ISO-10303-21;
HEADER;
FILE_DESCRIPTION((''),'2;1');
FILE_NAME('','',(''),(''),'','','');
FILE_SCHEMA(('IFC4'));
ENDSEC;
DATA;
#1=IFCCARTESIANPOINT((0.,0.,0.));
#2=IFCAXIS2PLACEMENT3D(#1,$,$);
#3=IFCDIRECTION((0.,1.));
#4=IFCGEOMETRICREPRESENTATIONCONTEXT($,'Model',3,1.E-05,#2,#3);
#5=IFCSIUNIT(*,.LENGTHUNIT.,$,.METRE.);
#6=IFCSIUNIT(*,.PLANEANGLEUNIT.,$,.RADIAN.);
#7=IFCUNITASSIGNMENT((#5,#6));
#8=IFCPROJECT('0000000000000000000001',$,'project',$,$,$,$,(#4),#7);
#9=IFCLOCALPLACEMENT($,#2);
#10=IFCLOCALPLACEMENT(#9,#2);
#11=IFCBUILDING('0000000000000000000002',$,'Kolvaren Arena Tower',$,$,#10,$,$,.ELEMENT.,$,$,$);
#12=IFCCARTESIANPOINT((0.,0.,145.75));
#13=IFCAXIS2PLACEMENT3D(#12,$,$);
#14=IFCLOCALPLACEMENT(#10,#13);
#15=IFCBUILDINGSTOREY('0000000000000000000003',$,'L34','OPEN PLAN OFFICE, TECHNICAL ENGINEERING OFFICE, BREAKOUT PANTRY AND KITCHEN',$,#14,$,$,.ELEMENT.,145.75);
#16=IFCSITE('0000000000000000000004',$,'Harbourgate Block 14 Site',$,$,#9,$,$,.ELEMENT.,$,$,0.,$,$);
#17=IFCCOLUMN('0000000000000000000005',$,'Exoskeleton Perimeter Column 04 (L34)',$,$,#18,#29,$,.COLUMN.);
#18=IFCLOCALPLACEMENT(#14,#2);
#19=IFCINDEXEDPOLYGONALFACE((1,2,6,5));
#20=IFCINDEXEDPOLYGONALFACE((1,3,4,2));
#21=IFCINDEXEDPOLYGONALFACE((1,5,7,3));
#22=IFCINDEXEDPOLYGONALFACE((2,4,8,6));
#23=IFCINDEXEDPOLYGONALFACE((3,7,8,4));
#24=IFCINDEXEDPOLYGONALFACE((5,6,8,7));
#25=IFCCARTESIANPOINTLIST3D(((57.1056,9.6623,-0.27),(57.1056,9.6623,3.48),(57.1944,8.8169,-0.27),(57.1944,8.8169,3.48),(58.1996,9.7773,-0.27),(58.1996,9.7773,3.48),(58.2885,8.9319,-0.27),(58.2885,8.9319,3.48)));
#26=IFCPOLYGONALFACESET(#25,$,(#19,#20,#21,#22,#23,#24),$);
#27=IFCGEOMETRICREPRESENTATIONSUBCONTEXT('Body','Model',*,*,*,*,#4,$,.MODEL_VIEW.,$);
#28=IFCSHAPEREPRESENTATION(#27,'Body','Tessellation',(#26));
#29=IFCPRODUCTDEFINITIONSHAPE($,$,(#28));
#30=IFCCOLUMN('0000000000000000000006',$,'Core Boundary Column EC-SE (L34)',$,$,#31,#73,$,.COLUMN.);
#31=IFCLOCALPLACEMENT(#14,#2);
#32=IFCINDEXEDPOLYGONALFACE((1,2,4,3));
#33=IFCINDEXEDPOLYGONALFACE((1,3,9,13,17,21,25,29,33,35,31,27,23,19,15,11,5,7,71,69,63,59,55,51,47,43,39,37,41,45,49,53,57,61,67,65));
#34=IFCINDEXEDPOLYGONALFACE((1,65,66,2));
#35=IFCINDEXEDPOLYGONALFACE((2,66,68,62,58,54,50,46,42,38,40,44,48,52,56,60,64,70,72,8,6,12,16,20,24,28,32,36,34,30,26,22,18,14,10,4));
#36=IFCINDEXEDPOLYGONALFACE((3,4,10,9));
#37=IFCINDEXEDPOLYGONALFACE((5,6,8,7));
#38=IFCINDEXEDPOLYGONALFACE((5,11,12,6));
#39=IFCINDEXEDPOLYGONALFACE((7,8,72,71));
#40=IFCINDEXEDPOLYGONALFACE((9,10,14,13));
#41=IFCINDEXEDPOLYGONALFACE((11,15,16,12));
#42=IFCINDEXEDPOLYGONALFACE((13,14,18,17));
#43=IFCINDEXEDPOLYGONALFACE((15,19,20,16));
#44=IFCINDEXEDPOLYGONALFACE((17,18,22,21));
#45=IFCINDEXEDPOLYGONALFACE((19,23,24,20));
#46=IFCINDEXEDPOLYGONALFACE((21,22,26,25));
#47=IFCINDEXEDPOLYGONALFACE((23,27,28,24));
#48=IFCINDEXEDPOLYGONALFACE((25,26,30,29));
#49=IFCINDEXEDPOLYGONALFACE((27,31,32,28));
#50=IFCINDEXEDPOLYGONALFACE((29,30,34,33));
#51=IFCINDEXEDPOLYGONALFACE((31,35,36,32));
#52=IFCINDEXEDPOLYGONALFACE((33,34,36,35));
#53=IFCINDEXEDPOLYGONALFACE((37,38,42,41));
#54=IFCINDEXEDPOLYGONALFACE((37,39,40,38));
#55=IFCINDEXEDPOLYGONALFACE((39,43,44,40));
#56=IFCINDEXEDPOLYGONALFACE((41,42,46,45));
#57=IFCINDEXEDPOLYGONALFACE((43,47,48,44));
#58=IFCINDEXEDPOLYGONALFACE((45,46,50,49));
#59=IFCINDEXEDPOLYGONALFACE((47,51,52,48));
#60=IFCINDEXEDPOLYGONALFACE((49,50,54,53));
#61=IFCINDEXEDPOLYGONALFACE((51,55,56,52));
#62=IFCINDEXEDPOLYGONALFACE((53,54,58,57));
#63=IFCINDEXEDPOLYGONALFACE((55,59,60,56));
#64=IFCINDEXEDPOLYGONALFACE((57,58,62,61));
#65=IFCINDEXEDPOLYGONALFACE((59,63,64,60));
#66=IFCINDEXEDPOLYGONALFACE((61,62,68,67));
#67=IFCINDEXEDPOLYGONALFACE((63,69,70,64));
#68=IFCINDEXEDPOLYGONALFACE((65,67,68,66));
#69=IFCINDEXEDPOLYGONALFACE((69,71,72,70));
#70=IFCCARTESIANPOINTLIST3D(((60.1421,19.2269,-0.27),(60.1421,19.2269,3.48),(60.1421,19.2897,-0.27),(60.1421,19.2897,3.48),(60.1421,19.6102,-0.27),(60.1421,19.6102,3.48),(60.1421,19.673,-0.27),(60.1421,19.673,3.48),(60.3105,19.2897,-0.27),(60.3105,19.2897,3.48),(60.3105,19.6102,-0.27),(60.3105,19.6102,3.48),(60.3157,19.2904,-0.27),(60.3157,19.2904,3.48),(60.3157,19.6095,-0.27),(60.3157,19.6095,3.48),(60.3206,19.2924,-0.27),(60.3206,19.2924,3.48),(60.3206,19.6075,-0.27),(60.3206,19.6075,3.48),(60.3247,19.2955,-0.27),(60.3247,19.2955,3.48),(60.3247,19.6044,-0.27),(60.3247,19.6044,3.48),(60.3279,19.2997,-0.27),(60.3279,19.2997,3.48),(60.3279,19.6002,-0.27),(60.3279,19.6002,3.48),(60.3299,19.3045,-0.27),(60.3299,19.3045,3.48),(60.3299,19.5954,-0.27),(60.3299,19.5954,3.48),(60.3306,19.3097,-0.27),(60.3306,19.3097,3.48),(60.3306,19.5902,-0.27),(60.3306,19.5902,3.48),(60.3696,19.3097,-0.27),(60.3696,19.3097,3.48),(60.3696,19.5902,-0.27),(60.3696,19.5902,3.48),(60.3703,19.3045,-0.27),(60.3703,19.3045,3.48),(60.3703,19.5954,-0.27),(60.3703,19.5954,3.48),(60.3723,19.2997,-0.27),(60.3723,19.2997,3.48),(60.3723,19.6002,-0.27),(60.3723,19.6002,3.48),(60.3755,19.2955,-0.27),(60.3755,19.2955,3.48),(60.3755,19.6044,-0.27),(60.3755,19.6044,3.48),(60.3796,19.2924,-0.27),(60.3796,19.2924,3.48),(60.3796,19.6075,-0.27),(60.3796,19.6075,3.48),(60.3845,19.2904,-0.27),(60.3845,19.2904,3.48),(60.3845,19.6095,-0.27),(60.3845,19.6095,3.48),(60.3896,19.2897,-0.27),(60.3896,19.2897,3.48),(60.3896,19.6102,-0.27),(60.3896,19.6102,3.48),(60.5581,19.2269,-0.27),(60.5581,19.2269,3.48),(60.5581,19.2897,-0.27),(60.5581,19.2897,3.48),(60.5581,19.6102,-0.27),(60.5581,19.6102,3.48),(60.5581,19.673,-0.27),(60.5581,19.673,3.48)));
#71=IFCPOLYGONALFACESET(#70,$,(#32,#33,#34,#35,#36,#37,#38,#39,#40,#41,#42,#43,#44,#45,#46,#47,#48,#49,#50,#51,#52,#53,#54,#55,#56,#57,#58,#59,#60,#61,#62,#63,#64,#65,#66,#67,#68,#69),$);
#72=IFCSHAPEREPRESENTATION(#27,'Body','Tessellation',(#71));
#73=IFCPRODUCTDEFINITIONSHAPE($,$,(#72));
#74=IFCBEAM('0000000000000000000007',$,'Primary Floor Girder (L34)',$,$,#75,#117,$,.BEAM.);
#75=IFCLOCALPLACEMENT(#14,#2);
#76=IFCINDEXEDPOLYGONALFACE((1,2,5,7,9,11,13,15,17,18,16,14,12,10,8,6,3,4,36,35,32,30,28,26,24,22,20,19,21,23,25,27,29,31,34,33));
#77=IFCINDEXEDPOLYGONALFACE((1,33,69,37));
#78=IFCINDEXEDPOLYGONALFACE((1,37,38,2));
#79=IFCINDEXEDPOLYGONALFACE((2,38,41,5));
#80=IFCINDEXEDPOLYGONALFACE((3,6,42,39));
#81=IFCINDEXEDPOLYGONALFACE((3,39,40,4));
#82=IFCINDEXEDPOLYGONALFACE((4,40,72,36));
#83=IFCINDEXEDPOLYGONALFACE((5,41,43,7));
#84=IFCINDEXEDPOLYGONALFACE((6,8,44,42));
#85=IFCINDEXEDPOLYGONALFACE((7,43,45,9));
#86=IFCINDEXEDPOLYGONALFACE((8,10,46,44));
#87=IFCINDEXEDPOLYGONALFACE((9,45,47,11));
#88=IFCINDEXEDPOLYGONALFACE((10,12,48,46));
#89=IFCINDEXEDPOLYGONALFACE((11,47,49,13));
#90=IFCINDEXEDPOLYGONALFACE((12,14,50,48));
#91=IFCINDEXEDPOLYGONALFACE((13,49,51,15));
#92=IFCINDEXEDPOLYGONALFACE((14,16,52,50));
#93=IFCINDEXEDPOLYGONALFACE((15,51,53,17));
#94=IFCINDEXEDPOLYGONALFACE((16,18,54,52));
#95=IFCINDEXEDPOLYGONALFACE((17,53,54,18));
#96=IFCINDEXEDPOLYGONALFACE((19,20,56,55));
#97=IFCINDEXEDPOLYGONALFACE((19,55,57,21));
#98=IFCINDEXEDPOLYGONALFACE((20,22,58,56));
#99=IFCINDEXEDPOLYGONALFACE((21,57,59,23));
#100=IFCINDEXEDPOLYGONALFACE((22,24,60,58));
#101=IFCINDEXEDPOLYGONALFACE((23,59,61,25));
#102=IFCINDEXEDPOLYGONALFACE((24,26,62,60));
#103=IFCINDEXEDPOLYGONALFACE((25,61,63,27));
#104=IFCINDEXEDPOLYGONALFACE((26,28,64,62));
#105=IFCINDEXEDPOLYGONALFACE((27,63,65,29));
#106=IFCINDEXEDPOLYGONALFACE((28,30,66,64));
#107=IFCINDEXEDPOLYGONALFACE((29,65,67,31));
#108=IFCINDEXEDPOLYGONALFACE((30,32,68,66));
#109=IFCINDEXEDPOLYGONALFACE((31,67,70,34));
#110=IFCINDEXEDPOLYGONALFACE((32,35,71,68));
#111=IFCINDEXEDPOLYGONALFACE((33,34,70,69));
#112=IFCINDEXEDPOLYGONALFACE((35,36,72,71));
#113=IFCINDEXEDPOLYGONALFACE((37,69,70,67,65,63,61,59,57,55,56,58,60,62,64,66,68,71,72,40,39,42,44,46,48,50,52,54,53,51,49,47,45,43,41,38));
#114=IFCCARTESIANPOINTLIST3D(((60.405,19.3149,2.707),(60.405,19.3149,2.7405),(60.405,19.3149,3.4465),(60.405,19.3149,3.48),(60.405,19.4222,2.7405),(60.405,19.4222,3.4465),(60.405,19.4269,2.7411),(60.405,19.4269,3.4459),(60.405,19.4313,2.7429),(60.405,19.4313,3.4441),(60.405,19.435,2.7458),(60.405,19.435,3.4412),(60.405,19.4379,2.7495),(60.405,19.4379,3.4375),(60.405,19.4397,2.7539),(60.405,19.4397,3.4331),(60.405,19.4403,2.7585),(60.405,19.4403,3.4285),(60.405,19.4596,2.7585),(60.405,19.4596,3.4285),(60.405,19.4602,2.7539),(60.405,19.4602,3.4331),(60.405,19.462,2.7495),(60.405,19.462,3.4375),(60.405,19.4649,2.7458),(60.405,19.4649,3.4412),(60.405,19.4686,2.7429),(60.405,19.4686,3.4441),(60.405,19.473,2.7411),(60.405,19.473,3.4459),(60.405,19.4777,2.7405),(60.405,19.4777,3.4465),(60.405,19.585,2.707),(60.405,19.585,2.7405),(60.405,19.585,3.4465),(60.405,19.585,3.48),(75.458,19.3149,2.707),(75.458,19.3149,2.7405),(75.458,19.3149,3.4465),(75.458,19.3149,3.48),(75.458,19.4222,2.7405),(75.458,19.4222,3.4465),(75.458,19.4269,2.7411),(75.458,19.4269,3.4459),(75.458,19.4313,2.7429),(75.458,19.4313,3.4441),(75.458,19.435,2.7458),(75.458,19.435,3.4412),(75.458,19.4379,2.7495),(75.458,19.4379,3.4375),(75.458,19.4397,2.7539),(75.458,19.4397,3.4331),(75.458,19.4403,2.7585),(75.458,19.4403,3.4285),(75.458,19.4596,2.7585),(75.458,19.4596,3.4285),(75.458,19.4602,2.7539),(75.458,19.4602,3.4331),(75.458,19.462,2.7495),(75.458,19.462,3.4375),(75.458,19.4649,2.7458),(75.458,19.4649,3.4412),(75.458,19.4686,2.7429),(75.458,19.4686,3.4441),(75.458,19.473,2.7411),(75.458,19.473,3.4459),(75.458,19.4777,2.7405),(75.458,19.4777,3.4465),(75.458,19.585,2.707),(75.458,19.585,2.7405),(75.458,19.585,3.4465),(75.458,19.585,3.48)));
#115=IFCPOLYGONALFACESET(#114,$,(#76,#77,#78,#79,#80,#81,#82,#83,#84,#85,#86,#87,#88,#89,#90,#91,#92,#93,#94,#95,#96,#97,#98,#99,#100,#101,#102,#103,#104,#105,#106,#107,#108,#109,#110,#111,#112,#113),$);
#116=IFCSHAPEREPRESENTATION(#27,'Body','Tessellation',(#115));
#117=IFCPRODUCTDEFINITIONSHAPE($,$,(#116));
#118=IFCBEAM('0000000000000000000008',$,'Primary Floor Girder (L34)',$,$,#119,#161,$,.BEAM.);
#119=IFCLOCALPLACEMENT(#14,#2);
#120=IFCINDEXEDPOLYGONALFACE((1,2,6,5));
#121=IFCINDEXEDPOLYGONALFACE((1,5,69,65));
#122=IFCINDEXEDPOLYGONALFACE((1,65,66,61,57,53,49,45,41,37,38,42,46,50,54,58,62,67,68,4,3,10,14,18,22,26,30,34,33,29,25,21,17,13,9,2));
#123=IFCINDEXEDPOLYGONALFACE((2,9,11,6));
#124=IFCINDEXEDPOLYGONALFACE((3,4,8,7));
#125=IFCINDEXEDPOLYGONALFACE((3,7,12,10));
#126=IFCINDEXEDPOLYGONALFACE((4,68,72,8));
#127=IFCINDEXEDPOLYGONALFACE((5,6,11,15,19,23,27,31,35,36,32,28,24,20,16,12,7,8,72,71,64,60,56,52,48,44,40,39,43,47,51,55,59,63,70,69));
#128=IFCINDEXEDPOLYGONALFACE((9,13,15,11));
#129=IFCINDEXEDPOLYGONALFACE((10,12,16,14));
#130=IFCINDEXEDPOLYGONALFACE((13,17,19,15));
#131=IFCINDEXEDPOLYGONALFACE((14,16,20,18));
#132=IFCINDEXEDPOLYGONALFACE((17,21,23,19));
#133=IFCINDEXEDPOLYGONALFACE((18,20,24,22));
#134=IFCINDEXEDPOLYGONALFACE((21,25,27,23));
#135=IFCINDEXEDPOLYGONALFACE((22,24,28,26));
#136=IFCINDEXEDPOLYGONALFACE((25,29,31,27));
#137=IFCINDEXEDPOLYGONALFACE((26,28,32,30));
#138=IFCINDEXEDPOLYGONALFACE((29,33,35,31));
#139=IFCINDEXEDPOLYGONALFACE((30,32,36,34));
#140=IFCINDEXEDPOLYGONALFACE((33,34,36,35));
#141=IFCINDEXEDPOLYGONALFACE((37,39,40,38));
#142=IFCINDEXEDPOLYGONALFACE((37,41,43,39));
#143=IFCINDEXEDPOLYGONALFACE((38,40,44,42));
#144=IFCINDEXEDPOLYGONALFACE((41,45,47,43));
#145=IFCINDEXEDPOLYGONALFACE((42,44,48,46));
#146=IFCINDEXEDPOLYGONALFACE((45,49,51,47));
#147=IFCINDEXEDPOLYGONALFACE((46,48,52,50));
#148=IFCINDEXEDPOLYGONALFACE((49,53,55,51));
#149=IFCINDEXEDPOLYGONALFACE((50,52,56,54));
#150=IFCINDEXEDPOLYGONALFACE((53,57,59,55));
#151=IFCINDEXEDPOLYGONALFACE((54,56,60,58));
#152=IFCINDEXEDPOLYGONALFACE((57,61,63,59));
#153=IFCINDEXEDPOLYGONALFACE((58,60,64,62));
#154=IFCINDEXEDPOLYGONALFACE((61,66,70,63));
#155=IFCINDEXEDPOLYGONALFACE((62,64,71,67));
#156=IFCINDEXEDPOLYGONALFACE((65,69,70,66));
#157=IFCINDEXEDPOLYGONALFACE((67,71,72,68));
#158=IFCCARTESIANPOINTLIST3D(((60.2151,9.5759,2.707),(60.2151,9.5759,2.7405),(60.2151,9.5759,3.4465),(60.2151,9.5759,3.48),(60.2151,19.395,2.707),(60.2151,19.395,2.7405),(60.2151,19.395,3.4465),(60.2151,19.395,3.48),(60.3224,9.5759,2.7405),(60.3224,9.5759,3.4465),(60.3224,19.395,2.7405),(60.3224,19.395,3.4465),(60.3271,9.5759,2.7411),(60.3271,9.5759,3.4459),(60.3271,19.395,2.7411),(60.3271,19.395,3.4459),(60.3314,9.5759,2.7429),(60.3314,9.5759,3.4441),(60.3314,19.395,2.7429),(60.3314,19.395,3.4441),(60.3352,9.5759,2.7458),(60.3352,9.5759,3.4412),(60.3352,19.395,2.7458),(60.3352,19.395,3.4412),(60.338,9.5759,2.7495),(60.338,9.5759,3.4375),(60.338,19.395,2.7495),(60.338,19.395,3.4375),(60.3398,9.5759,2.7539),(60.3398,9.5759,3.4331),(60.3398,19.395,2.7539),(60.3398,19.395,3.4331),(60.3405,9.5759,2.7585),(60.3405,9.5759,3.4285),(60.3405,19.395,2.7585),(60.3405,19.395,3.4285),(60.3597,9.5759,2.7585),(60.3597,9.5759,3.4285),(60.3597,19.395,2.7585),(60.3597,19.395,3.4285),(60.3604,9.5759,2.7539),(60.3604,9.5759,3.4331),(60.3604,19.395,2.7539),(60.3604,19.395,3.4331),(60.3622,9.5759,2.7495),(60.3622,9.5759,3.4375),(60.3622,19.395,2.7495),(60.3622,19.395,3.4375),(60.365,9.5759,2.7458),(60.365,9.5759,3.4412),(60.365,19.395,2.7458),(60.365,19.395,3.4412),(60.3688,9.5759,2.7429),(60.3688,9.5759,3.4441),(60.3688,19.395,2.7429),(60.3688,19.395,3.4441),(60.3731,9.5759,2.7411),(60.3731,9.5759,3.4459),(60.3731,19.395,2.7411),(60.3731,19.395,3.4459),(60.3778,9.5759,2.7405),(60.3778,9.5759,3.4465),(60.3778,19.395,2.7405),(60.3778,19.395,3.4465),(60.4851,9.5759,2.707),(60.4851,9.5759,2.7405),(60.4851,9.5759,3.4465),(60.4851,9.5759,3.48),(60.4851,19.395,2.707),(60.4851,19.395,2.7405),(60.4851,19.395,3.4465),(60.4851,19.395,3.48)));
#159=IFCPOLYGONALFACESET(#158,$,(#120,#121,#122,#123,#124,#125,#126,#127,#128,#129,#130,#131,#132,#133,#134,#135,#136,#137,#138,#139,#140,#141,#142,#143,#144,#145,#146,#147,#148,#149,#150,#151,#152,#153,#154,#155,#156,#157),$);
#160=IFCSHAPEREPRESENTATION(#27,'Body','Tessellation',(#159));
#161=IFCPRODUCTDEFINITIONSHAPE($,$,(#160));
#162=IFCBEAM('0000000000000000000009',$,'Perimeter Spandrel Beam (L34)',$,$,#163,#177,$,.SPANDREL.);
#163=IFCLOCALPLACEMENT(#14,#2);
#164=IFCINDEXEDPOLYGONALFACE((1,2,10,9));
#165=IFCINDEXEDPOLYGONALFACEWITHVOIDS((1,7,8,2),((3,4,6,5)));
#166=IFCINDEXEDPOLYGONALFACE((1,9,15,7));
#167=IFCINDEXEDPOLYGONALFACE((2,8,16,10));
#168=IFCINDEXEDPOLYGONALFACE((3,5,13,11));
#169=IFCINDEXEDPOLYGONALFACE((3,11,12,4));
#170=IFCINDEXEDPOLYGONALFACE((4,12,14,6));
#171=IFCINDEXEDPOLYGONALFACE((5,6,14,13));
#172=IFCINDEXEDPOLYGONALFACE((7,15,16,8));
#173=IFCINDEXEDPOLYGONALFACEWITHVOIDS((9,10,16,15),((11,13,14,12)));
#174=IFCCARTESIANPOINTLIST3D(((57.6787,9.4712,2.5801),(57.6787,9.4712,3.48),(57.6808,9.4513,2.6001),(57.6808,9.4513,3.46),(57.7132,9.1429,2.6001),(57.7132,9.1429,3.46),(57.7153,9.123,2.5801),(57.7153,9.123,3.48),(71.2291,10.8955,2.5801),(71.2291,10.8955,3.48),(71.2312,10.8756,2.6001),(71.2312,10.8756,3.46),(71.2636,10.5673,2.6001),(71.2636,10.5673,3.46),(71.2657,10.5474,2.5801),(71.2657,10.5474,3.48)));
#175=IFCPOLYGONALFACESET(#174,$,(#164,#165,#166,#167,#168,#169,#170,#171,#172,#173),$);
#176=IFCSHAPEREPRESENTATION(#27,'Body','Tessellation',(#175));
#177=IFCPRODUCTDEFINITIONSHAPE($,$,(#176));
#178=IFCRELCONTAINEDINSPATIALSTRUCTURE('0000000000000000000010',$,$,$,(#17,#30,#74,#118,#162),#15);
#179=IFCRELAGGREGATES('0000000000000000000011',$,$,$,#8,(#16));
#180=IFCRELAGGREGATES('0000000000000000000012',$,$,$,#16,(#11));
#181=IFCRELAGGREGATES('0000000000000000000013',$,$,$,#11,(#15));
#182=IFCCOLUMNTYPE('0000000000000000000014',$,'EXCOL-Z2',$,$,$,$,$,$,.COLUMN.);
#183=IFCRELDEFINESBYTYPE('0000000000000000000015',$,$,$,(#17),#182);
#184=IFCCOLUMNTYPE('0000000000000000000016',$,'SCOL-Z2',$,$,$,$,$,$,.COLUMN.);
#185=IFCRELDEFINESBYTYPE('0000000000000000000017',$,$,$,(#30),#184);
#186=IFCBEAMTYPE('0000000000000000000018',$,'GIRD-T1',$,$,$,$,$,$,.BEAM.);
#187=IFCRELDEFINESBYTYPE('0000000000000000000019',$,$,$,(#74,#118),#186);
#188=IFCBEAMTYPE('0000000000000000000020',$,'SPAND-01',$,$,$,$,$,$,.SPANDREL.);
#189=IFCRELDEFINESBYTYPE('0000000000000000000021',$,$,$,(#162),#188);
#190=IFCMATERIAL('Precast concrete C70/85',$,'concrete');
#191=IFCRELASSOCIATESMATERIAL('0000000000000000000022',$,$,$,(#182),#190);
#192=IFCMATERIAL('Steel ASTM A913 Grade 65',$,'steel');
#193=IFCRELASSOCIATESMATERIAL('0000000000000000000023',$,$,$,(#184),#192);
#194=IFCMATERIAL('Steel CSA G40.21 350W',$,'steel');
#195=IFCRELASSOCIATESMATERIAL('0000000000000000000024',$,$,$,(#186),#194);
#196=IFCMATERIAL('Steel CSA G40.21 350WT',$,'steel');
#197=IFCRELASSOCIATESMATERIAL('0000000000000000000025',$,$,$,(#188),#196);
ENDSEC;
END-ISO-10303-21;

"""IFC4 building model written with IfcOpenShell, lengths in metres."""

from ifc_helpers import new_model, si_unit, direction, frame, origin, origin_2d, place, context, subcontext, project, spatial, rectangle, hollow_rectangle, i_section, extrude, material, material_profile, profile_set, type_object, element, save


model = new_model("IFC4")

# Units and contexts
model_context = context("Model", 3, precision=1e-05, world=origin(), true_north=direction((0.0, 1.0)))
body_context = subcontext(model_context, "Body", "Model", "MODEL_VIEW")
ifc_project = project(units=[si_unit("LENGTHUNIT", "METRE"), si_unit("PLANEANGLEUNIT", "RADIAN")], contexts=[model_context])

# Site, building, storey
site_placement = place(None, origin())
site = spatial("IfcSite", under=ifc_project, at=site_placement, Name="Harbourgate Block 14 Site", CompositionType="ELEMENT", RefElevation=0.0)
building_placement = place(site_placement, origin())
building = spatial("IfcBuilding", under=site, at=building_placement, Name="Kolvaren Arena Tower", CompositionType="ELEMENT")
storey_placement = place(building_placement, frame((0.0, 0.0, 145.75)))
storey = spatial("IfcBuildingStorey", under=building, at=storey_placement, Name="L34", Description="OPEN PLAN OFFICE, TECHNICAL ENGINEERING OFFICE, BREAKOUT PANTRY AND KITCHEN", CompositionType="ELEMENT", Elevation=145.75)

# Columns
ifc_material_1 = material(Name="Precast concrete C70/85", Category="concrete")
ifc_material_profile_1 = material_profile(ifc_material_1, rectangle(XDim=1.1001, YDim=0.8501, at=origin_2d()), Name="RC-1100x850")
ifc_profile_set_1 = profile_set([ifc_material_profile_1], Name="Precast concrete C70/85")
column_type_1 = type_object("IfcColumnType", Name="EXCOL-Z2", PredefinedType="COLUMN", material=ifc_profile_set_1)
column_1_placement = place(storey_placement, frame((57.697, 9.2971, -0.27), z_axis=(0.0, 0.0, 1.0), x_axis=(0.994522, 0.104528, 0.0)))
element("IfcColumn", 1, at=column_1_placement, inside=storey, type_object=column_type_1, Name="Exoskeleton Perimeter Column 04 (L34)", PredefinedType="COLUMN", context=body_context, shape_type="SweptSolid", body=[
    extrude(rectangle(XDim=1.1001, YDim=0.8501, at=origin_2d()), origin(), (0.0, 0.0, 1.0), 3.75),
])
ifc_material_2 = material(Name="Steel ASTM A913 Grade 65", Category="steel")
ifc_material_profile_2 = material_profile(ifc_material_2, i_section(OverallWidth=0.416, OverallDepth=0.446, WebThickness=0.0391, FlangeThickness=0.0627, FilletRadius=0.02, at=origin_2d()), Name="W360x509")
ifc_profile_set_2 = profile_set([ifc_material_profile_2], Name="Steel ASTM A913 Grade 65")
column_type_2 = type_object("IfcColumnType", Name="SCOL-Z2", PredefinedType="COLUMN", material=ifc_profile_set_2)
column_2_placement = place(storey_placement, frame((60.3501, 19.45, -0.27), z_axis=(0.0, 0.0, 1.0), x_axis=(1.0, 0.0, 0.0)))
element("IfcColumn", 2, at=column_2_placement, inside=storey, type_object=column_type_2, Name="Core Boundary Column EC-SE (L34)", PredefinedType="COLUMN", context=body_context, shape_type="SweptSolid", body=[
    extrude(i_section(OverallWidth=0.416, OverallDepth=0.446, WebThickness=0.0391, FlangeThickness=0.0627, FilletRadius=0.02, at=origin_2d()), origin(), (0.0, 0.0, 1.0), 3.75),
])

# Beams
ifc_material_3 = material(Name="Steel CSA G40.21 350W", Category="steel")
ifc_material_profile_3 = material_profile(ifc_material_3, i_section(OverallWidth=0.27, OverallDepth=0.7729, WebThickness=0.0193, FlangeThickness=0.0334, FilletRadius=0.0181, at=origin_2d()), Name="W760x257")
ifc_profile_set_3 = profile_set([ifc_material_profile_3], Name="Steel CSA G40.21 350W")
beam_type_1 = type_object("IfcBeamType", Name="GIRD-T1", PredefinedType="BEAM", material=ifc_profile_set_3)
beam_1_placement = place(storey_placement, frame((60.405, 19.45, 3.0935), z_axis=(1.0, 0.0, 0.0), x_axis=(0.0, 1.0, 0.0)))
element("IfcBeam", 3, at=beam_1_placement, inside=storey, type_object=beam_type_1, Name="Primary Floor Girder (L34)", PredefinedType="BEAM", context=body_context, shape_type="SweptSolid", body=[
    extrude(i_section(OverallWidth=0.27, OverallDepth=0.7729, WebThickness=0.0193, FlangeThickness=0.0334, FilletRadius=0.0181, at=origin_2d()), origin(), (0.0, 0.0, 1.0), 15.053),
])
beam_2_placement = place(storey_placement, frame((60.3501, 9.5759, 3.0935), z_axis=(0.0, 1.0, 0.0), x_axis=(-1.0, 0.0, 0.0)))
element("IfcBeam", 4, at=beam_2_placement, inside=storey, type_object=beam_type_1, Name="Primary Floor Girder (L34)", PredefinedType="BEAM", context=body_context, shape_type="SweptSolid", body=[
    extrude(i_section(OverallWidth=0.27, OverallDepth=0.7729, WebThickness=0.0193, FlangeThickness=0.0334, FilletRadius=0.0181, at=origin_2d()), origin(), (0.0, 0.0, 1.0), 9.8191),
])
ifc_material_4 = material(Name="Steel CSA G40.21 350WT", Category="steel")
ifc_material_profile_4 = material_profile(ifc_material_4, hollow_rectangle(XDim=0.3501, YDim=0.8999, WallThickness=0.02, at=origin_2d()), Name="HSS 900x350x20")
ifc_profile_set_4 = profile_set([ifc_material_profile_4], Name="Steel CSA G40.21 350WT")
beam_type_2 = type_object("IfcBeamType", Name="SPAND-01", PredefinedType="SPANDREL", material=ifc_profile_set_4)
beam_3_placement = place(storey_placement, frame((57.697, 9.2971, 3.03), z_axis=(0.994521, 0.104537, 0.0), x_axis=(-0.104537, 0.994521, 0.0)))
element("IfcBeam", 5, at=beam_3_placement, inside=storey, type_object=beam_type_2, Name="Perimeter Spandrel Beam (L34)", PredefinedType="SPANDREL", context=body_context, shape_type="SweptSolid", body=[
    extrude(hollow_rectangle(XDim=0.3501, YDim=0.8999, WallThickness=0.02, at=origin_2d()), origin(), (0.0, 0.0, 1.0), 13.625),
])

save(model, "model.ifc")
